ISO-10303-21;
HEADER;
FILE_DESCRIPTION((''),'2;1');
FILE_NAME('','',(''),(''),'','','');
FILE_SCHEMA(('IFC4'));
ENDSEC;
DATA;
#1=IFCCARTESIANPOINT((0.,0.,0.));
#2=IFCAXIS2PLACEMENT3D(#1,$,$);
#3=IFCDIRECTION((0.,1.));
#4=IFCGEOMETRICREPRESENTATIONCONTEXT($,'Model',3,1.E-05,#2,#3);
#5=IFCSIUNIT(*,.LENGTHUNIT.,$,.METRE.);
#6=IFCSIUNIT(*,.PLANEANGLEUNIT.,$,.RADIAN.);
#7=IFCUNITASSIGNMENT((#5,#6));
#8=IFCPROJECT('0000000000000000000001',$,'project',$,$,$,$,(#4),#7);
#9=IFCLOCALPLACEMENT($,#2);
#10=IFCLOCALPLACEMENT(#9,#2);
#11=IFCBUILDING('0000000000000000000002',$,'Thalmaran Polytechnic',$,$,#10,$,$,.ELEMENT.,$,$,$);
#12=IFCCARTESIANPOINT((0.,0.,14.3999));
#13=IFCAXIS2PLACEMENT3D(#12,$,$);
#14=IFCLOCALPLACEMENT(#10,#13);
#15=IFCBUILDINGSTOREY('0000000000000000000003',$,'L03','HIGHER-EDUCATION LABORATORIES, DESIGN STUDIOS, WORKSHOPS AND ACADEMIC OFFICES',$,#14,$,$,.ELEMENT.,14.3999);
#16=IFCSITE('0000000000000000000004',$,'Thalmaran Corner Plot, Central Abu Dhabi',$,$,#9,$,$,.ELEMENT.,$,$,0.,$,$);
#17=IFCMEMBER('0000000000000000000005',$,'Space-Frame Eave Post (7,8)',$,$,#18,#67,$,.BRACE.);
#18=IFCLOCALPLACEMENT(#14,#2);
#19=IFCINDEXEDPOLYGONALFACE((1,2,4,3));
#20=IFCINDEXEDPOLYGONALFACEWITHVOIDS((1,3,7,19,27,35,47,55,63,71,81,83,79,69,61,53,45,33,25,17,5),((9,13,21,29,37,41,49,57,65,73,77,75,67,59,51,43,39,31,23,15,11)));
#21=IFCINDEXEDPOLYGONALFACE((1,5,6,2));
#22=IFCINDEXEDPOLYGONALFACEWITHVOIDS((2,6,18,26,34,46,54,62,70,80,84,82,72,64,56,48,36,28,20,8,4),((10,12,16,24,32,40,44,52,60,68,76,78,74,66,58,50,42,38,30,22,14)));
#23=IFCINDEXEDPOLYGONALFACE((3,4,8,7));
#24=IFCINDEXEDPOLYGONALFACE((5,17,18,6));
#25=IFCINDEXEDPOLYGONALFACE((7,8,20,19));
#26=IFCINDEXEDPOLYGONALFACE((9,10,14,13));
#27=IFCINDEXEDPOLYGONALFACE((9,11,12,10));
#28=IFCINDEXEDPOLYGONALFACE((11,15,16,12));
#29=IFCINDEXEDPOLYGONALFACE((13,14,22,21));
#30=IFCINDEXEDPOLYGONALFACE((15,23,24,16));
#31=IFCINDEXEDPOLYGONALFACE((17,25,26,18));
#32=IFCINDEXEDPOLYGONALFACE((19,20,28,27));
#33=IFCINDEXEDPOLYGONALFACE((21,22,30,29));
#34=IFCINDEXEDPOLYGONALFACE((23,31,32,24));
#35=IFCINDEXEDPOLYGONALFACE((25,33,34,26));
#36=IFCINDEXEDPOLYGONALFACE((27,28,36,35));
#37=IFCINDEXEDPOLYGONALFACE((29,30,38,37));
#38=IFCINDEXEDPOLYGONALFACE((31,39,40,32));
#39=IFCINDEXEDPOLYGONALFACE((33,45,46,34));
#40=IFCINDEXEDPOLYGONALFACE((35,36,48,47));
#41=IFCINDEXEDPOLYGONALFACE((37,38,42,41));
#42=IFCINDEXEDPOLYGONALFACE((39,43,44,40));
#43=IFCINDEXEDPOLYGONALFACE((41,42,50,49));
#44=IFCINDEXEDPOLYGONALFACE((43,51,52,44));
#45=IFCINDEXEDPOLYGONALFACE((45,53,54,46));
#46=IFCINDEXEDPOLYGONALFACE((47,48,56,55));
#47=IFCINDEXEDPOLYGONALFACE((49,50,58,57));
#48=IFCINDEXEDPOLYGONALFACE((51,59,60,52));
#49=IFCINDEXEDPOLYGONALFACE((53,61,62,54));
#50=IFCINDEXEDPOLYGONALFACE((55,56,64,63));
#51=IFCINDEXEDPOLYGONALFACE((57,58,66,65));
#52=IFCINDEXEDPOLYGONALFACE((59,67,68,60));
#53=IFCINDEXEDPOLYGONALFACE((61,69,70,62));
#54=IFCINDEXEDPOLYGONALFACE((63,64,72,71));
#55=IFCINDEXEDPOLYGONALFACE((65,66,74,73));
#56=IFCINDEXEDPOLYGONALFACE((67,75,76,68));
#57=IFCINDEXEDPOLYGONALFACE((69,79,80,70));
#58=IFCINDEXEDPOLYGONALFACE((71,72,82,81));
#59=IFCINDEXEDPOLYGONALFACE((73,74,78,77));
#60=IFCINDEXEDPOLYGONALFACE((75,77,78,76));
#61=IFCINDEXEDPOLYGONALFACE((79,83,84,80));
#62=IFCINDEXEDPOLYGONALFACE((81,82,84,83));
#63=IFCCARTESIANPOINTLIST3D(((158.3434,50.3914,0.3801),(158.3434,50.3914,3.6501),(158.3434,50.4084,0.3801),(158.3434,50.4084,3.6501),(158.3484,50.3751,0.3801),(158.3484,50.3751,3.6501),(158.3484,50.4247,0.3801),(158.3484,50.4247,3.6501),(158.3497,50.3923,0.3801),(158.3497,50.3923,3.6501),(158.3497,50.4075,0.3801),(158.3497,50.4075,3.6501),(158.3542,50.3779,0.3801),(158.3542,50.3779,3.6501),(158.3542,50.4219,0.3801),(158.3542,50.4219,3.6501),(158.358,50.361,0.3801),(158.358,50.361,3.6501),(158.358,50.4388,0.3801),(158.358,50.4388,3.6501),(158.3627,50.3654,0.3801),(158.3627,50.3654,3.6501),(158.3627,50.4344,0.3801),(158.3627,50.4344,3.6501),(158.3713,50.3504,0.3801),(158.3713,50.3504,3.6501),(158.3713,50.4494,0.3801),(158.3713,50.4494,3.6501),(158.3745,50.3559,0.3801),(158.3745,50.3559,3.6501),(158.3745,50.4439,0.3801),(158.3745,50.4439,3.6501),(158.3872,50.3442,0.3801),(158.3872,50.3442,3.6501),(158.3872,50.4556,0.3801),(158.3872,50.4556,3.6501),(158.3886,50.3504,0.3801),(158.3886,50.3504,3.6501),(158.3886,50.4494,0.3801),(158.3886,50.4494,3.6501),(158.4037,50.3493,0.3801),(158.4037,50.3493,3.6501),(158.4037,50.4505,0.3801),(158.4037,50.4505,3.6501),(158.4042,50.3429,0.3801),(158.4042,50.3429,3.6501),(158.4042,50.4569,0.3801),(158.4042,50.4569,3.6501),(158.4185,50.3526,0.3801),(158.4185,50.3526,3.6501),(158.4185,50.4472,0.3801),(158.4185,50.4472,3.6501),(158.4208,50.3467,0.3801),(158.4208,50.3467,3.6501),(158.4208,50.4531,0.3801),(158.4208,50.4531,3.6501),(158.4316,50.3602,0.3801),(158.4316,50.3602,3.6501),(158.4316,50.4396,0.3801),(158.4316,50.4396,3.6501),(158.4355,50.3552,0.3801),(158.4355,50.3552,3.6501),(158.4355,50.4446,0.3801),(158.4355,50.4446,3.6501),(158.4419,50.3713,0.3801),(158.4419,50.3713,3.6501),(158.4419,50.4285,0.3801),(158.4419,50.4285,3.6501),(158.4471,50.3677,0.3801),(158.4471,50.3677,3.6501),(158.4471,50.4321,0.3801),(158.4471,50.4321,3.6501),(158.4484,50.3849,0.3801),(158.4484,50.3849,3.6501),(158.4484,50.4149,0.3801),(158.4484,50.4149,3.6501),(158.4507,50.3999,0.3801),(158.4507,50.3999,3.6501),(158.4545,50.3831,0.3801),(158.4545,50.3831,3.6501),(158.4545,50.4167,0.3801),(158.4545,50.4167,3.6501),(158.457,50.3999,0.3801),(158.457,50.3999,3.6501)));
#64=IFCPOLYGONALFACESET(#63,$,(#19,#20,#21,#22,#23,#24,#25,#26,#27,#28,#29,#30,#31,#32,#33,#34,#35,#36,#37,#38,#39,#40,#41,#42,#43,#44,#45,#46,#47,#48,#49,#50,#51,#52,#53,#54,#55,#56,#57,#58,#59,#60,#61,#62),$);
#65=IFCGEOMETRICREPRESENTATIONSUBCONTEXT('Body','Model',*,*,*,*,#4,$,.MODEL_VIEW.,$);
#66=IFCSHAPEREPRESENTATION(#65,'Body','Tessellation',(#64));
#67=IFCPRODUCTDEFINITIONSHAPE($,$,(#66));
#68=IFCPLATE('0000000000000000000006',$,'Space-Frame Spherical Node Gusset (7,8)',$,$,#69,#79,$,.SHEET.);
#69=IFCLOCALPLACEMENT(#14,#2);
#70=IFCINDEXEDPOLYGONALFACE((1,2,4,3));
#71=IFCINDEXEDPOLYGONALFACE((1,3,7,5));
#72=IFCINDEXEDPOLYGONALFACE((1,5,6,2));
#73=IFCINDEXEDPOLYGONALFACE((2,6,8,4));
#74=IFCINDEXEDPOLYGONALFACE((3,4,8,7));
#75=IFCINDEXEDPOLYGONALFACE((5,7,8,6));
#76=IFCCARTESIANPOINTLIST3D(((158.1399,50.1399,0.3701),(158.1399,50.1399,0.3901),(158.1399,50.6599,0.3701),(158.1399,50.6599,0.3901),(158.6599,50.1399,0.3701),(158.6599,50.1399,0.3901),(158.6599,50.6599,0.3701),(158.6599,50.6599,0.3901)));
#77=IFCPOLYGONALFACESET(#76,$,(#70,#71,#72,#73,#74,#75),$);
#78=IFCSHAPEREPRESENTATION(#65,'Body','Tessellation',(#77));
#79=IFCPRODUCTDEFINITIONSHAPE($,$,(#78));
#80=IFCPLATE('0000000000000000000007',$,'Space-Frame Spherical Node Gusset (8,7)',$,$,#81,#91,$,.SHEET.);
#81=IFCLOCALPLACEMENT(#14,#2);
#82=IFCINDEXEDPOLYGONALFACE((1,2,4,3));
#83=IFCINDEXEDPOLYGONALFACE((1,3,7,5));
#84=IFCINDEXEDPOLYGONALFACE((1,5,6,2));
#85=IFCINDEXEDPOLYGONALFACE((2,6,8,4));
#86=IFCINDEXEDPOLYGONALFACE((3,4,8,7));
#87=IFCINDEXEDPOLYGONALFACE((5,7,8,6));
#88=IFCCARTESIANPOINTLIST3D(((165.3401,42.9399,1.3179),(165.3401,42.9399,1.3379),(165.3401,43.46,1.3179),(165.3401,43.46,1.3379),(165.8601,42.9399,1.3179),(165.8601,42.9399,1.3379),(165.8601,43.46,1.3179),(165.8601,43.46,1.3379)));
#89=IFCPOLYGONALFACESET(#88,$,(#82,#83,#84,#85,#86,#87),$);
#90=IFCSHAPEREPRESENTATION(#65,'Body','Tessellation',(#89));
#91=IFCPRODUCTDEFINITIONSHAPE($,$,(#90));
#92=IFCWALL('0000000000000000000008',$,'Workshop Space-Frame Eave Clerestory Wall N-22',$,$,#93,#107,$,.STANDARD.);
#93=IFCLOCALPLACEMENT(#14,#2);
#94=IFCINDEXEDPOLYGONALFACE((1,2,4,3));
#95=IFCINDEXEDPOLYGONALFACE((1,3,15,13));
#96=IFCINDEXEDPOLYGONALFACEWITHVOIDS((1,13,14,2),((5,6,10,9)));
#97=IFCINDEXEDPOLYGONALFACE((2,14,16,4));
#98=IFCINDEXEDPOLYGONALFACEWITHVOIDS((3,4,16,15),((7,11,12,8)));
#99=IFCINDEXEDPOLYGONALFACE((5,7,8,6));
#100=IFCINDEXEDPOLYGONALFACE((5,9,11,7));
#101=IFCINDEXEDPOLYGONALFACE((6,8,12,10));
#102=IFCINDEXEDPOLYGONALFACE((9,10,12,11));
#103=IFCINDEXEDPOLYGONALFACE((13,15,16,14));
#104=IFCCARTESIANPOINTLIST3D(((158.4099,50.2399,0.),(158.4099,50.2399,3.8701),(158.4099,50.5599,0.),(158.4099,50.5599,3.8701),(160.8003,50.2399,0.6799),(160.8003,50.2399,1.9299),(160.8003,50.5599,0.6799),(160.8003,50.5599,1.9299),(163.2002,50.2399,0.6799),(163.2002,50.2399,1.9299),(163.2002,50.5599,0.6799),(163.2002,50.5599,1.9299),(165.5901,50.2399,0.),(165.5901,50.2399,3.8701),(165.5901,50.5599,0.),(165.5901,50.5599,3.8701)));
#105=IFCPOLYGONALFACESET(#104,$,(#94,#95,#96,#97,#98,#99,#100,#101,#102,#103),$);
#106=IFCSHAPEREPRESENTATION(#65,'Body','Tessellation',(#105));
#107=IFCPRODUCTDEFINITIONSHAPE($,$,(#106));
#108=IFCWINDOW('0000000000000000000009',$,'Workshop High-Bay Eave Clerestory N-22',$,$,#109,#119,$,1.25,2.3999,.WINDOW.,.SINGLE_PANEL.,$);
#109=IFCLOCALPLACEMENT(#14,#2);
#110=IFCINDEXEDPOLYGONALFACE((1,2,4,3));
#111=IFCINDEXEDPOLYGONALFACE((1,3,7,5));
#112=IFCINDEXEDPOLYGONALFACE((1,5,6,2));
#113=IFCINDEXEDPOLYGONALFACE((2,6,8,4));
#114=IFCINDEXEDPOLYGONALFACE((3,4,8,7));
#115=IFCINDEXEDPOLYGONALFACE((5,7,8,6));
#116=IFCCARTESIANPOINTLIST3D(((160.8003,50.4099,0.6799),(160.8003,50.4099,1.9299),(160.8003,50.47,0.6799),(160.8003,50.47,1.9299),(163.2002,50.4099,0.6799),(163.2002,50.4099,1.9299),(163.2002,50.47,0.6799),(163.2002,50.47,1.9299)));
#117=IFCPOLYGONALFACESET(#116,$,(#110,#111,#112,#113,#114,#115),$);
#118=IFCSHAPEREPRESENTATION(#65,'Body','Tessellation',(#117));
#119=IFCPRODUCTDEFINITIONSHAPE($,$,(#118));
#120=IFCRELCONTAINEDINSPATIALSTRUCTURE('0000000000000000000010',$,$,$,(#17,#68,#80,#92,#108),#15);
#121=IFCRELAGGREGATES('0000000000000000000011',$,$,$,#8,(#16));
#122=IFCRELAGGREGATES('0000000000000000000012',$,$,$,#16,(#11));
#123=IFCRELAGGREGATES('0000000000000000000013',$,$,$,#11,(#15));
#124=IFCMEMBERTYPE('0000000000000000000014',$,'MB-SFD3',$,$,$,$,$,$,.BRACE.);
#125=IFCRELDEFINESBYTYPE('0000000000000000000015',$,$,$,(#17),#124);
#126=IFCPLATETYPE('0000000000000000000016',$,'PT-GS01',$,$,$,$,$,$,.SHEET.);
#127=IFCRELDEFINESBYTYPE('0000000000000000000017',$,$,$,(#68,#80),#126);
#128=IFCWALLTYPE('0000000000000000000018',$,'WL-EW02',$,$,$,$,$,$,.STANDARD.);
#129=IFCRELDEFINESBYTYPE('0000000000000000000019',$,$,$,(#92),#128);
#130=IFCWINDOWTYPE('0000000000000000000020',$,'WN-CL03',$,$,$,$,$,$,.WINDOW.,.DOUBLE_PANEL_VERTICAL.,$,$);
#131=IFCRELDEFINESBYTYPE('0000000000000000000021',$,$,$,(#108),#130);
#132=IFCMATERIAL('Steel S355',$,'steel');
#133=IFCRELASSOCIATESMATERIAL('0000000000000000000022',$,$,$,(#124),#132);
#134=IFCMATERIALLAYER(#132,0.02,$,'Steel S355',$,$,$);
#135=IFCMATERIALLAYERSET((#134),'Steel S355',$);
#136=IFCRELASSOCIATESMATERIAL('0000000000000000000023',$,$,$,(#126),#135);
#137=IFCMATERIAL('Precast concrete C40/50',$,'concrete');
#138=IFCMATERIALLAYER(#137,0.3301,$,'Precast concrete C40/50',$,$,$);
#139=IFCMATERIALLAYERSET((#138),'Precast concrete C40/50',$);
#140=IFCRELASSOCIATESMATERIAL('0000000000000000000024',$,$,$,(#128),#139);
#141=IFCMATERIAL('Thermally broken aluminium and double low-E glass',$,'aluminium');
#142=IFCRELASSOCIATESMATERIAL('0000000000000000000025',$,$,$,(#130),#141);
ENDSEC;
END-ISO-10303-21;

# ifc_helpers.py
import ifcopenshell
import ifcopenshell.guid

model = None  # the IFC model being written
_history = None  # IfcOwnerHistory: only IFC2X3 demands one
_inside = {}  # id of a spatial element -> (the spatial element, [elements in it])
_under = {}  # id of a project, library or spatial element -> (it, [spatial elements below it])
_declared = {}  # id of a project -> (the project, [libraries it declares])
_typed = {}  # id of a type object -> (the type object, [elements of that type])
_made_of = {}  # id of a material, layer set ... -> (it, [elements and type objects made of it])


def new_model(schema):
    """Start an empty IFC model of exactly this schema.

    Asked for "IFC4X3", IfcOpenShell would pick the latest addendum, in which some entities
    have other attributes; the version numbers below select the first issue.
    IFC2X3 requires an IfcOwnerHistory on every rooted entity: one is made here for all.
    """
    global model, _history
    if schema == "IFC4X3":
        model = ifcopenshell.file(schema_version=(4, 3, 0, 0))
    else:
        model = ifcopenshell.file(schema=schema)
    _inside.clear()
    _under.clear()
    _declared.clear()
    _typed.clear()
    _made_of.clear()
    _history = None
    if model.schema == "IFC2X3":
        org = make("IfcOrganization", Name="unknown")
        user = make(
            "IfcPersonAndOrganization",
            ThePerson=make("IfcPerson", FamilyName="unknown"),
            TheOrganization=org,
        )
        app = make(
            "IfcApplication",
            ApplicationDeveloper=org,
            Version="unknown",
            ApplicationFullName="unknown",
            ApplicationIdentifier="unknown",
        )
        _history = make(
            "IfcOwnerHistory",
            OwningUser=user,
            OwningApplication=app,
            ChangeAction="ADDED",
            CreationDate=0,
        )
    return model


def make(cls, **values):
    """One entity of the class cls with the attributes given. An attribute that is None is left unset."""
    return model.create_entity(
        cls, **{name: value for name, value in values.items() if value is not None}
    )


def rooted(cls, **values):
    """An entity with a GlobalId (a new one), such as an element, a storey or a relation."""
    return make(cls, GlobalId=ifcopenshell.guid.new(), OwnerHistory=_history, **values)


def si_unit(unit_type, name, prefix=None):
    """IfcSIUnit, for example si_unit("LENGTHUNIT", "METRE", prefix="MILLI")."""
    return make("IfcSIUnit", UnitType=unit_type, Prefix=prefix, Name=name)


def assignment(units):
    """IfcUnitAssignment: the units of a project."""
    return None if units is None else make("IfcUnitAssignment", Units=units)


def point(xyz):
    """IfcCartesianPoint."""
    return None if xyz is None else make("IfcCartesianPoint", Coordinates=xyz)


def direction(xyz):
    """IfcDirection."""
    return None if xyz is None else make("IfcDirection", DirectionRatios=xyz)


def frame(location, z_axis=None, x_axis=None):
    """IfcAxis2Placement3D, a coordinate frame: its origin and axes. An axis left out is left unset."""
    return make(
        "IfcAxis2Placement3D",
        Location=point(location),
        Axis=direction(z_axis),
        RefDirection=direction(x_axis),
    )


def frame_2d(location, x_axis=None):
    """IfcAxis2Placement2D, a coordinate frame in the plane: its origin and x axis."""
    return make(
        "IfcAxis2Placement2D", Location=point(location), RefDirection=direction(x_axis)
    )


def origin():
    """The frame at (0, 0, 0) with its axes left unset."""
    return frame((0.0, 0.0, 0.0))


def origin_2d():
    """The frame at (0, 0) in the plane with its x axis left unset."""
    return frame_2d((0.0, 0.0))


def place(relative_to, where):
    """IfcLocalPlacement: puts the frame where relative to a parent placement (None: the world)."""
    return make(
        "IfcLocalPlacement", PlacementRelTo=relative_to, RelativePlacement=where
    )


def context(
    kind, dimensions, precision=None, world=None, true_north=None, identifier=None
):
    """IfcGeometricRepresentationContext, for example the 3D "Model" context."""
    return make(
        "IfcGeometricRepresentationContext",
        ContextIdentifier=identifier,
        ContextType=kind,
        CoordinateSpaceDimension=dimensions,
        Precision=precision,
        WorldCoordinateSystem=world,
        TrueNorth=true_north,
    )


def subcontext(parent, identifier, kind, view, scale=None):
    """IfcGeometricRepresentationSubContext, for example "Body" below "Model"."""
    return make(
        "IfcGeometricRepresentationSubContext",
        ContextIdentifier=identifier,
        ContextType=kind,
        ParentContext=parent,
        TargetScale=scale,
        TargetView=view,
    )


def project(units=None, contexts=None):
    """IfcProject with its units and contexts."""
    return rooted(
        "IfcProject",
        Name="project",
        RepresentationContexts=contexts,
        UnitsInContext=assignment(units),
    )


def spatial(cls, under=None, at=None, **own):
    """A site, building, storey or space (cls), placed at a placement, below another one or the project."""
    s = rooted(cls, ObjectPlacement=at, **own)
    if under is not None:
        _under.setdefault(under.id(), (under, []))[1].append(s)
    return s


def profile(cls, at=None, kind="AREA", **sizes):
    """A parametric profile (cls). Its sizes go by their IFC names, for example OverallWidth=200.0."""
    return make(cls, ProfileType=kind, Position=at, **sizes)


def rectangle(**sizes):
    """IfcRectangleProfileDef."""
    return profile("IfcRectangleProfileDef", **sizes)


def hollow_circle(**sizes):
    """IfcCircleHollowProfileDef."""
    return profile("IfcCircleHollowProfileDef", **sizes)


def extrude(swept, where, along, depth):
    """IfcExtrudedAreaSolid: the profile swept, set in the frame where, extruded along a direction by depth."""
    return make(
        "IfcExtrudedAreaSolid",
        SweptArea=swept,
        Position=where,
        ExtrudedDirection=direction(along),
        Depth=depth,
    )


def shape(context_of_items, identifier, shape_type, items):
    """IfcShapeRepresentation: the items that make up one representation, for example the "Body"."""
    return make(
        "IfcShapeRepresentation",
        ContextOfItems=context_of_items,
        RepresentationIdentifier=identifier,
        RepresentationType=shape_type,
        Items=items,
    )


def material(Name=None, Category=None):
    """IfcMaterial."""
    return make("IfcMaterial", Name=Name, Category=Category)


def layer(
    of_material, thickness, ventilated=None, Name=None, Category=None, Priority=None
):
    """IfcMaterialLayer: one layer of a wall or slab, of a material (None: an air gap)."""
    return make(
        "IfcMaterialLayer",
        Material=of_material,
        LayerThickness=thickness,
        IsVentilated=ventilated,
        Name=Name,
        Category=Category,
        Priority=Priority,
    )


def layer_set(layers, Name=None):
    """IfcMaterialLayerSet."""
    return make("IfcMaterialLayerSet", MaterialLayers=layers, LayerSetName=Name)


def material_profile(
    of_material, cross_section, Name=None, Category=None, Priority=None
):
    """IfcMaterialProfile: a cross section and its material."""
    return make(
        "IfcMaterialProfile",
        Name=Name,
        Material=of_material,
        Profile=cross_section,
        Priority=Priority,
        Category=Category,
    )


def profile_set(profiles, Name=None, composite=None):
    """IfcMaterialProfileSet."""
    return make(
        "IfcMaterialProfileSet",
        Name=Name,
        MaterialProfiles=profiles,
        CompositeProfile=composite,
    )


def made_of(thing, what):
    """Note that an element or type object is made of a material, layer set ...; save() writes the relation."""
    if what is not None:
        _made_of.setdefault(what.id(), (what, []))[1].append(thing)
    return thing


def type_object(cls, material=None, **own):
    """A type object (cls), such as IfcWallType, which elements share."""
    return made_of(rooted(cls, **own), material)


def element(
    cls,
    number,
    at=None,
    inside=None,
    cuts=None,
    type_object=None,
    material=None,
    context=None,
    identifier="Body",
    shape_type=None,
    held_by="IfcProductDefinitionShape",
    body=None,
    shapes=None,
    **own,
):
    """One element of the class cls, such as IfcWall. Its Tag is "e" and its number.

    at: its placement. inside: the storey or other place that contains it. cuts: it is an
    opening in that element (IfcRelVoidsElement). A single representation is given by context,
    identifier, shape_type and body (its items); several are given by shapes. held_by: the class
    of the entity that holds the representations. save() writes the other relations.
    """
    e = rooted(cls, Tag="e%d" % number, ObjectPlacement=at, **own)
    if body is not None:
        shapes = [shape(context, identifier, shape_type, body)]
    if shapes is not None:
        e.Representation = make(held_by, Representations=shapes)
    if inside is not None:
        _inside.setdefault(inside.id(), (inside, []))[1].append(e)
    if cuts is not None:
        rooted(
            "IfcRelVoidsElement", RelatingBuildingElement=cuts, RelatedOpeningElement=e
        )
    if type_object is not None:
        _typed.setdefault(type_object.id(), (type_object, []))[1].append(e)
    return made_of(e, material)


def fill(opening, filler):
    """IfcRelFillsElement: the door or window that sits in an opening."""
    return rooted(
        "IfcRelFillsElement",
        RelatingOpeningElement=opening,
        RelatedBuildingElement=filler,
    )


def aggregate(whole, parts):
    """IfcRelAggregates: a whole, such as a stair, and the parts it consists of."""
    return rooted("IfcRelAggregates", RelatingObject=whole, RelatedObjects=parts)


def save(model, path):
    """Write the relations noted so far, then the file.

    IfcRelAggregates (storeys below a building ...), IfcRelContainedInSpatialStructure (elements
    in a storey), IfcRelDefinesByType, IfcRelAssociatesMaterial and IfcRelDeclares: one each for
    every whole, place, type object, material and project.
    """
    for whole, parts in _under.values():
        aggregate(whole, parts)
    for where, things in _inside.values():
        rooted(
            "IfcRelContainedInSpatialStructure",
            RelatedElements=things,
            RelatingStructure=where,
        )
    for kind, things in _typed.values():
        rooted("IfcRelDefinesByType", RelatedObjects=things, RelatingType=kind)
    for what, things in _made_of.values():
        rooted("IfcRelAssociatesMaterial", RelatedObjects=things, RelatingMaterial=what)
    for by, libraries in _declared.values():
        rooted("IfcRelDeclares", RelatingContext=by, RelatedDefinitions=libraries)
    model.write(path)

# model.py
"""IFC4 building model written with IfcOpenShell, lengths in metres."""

from ifc_helpers import new_model, si_unit, direction, frame, frame_2d, origin, origin_2d, place, context, subcontext, project, spatial, rectangle, hollow_circle, extrude, material, layer, layer_set, material_profile, profile_set, type_object, element, fill, save


model = new_model("IFC4")

# Units and contexts
model_context = context("Model", 3, precision=1e-05, world=origin(), true_north=direction((0.0, 1.0)))
body_context = subcontext(model_context, "Body", "Model", "MODEL_VIEW")
ifc_project = project(units=[si_unit("LENGTHUNIT", "METRE"), si_unit("PLANEANGLEUNIT", "RADIAN")], contexts=[model_context])

# Site, building, storey
site_placement = place(None, origin())
site = spatial("IfcSite", under=ifc_project, at=site_placement, Name="Thalmaran Corner Plot, Central Abu Dhabi", CompositionType="ELEMENT", RefElevation=0.0)
building_placement = place(site_placement, origin())
building = spatial("IfcBuilding", under=site, at=building_placement, Name="Thalmaran Polytechnic", CompositionType="ELEMENT")
storey_placement = place(building_placement, frame((0.0, 0.0, 14.3999)))
storey = spatial("IfcBuildingStorey", under=building, at=storey_placement, Name="L03", Description="HIGHER-EDUCATION LABORATORIES, DESIGN STUDIOS, WORKSHOPS AND ACADEMIC OFFICES", CompositionType="ELEMENT", Elevation=14.3999)

# Shared definitions
ifc_material_1 = material(Name="Steel S355", Category="steel")

# Member
ifc_material_profile_1 = material_profile(ifc_material_1, hollow_circle(Radius=0.0571, WallThickness=0.0063, at=origin_2d()), Name="CHS 114.3x6.3")
ifc_profile_set_1 = profile_set([ifc_material_profile_1], Name="Steel S355")
member_type_1 = type_object("IfcMemberType", Name="MB-SFD3", PredefinedType="BRACE", material=ifc_profile_set_1)
member_1_placement = place(storey_placement, frame((158.3999, 50.3999, 0.3801), z_axis=(0.0, 0.0, 1.0), x_axis=(1.0, 0.0, 0.0)))
element("IfcMember", 1, at=member_1_placement, inside=storey, type_object=member_type_1, Name="Space-Frame Eave Post (7,8)", PredefinedType="BRACE", context=body_context, shape_type="SweptSolid", body=[
    extrude(hollow_circle(Radius=0.0571, WallThickness=0.0063, at=origin_2d()), origin(), (0.0, 0.0, 1.0), 3.27),
])

# Plates
ifc_layer_1 = layer(ifc_material_1, 0.02, Name="Steel S355")
ifc_layer_set_1 = layer_set([ifc_layer_1], Name="Steel S355")
plate_type = type_object("IfcPlateType", Name="PT-GS01", PredefinedType="SHEET", material=ifc_layer_set_1)
for number, where, z_axis, x_axis, name in (
    (2, (158.3999, 50.3999, 0.3701), (0.0, 0.0, 1.0), (1.0, 0.0, 0.0), "Space-Frame Spherical Node Gusset (7,8)"),
    (3, (165.6001, 43.2, 1.3179), (0.0, 0.0, 1.0), (1.0, 0.0, 0.0), "Space-Frame Spherical Node Gusset (8,7)"),
):
    element("IfcPlate", number, at=place(storey_placement, frame(where, z_axis=z_axis, x_axis=x_axis)), inside=storey, type_object=plate_type, Name=name, PredefinedType="SHEET", context=body_context, shape_type="SweptSolid", body=[
        extrude(rectangle(XDim=0.52, YDim=0.52, at=origin_2d()), origin(), (0.0, 0.0, 1.0), 0.02),
    ])

# Wall, opening, window
ifc_material_2 = material(Name="Precast concrete C40/50", Category="concrete")
ifc_layer_2 = layer(ifc_material_2, 0.3301, Name="Precast concrete C40/50")
ifc_layer_set_2 = layer_set([ifc_layer_2], Name="Precast concrete C40/50")
wall_type = type_object("IfcWallType", Name="WL-EW02", PredefinedType="STANDARD", material=ifc_layer_set_2)
wall_placement = place(storey_placement, frame((165.5901, 50.3999, 0.0), z_axis=(0.0, 0.0, 1.0), x_axis=(-1.0, 0.0, 0.0)))
wall = element("IfcWall", 4, at=wall_placement, inside=storey, type_object=wall_type, Name="Workshop Space-Frame Eave Clerestory Wall N-22", PredefinedType="STANDARD", context=body_context, shape_type="SweptSolid", body=[
    extrude(rectangle(XDim=7.1802, YDim=0.3201, at=frame_2d((3.5901, 0.0))), origin(), (0.0, 0.0, 1.0), 3.8701),
])
opening_placement = place(wall_placement, frame((2.3899, 0.0, 0.6799)))
opening = element("IfcOpeningElement", 5, at=opening_placement, cuts=wall, PredefinedType="OPENING", context=body_context, shape_type="SweptSolid", body=[
    extrude(rectangle(XDim=2.3999, YDim=1.25, at=frame_2d((1.2, 0.625))), frame((0.0, 0.1699, 0.0), z_axis=(0.0, -1.0, 0.0), x_axis=(1.0, 0.0, 0.0)), (0.0, 0.0, 1.0), 0.3401),
])
ifc_material_3 = material(Name="Thermally broken aluminium and double low-E glass", Category="aluminium")
window_type = type_object("IfcWindowType", Name="WN-CL03", PartitioningType="DOUBLE_PANEL_VERTICAL", PredefinedType="WINDOW", material=ifc_material_3)
window_placement = place(opening_placement, origin())
window = element("IfcWindow", 6, at=window_placement, inside=storey, type_object=window_type, Name="Workshop High-Bay Eave Clerestory N-22", OverallHeight=1.25, OverallWidth=2.3999, PartitioningType="SINGLE_PANEL", PredefinedType="WINDOW", context=body_context, shape_type="SweptSolid", body=[
    extrude(rectangle(XDim=2.3999, YDim=1.25, at=frame_2d((1.2, 0.625))), frame((0.0, -0.01, 0.0), z_axis=(0.0, -1.0, 0.0), x_axis=(1.0, 0.0, 0.0)), (0.0, 0.0, 1.0), 0.0601),
])
fill(opening, window)

save(model, "model.ifc")
